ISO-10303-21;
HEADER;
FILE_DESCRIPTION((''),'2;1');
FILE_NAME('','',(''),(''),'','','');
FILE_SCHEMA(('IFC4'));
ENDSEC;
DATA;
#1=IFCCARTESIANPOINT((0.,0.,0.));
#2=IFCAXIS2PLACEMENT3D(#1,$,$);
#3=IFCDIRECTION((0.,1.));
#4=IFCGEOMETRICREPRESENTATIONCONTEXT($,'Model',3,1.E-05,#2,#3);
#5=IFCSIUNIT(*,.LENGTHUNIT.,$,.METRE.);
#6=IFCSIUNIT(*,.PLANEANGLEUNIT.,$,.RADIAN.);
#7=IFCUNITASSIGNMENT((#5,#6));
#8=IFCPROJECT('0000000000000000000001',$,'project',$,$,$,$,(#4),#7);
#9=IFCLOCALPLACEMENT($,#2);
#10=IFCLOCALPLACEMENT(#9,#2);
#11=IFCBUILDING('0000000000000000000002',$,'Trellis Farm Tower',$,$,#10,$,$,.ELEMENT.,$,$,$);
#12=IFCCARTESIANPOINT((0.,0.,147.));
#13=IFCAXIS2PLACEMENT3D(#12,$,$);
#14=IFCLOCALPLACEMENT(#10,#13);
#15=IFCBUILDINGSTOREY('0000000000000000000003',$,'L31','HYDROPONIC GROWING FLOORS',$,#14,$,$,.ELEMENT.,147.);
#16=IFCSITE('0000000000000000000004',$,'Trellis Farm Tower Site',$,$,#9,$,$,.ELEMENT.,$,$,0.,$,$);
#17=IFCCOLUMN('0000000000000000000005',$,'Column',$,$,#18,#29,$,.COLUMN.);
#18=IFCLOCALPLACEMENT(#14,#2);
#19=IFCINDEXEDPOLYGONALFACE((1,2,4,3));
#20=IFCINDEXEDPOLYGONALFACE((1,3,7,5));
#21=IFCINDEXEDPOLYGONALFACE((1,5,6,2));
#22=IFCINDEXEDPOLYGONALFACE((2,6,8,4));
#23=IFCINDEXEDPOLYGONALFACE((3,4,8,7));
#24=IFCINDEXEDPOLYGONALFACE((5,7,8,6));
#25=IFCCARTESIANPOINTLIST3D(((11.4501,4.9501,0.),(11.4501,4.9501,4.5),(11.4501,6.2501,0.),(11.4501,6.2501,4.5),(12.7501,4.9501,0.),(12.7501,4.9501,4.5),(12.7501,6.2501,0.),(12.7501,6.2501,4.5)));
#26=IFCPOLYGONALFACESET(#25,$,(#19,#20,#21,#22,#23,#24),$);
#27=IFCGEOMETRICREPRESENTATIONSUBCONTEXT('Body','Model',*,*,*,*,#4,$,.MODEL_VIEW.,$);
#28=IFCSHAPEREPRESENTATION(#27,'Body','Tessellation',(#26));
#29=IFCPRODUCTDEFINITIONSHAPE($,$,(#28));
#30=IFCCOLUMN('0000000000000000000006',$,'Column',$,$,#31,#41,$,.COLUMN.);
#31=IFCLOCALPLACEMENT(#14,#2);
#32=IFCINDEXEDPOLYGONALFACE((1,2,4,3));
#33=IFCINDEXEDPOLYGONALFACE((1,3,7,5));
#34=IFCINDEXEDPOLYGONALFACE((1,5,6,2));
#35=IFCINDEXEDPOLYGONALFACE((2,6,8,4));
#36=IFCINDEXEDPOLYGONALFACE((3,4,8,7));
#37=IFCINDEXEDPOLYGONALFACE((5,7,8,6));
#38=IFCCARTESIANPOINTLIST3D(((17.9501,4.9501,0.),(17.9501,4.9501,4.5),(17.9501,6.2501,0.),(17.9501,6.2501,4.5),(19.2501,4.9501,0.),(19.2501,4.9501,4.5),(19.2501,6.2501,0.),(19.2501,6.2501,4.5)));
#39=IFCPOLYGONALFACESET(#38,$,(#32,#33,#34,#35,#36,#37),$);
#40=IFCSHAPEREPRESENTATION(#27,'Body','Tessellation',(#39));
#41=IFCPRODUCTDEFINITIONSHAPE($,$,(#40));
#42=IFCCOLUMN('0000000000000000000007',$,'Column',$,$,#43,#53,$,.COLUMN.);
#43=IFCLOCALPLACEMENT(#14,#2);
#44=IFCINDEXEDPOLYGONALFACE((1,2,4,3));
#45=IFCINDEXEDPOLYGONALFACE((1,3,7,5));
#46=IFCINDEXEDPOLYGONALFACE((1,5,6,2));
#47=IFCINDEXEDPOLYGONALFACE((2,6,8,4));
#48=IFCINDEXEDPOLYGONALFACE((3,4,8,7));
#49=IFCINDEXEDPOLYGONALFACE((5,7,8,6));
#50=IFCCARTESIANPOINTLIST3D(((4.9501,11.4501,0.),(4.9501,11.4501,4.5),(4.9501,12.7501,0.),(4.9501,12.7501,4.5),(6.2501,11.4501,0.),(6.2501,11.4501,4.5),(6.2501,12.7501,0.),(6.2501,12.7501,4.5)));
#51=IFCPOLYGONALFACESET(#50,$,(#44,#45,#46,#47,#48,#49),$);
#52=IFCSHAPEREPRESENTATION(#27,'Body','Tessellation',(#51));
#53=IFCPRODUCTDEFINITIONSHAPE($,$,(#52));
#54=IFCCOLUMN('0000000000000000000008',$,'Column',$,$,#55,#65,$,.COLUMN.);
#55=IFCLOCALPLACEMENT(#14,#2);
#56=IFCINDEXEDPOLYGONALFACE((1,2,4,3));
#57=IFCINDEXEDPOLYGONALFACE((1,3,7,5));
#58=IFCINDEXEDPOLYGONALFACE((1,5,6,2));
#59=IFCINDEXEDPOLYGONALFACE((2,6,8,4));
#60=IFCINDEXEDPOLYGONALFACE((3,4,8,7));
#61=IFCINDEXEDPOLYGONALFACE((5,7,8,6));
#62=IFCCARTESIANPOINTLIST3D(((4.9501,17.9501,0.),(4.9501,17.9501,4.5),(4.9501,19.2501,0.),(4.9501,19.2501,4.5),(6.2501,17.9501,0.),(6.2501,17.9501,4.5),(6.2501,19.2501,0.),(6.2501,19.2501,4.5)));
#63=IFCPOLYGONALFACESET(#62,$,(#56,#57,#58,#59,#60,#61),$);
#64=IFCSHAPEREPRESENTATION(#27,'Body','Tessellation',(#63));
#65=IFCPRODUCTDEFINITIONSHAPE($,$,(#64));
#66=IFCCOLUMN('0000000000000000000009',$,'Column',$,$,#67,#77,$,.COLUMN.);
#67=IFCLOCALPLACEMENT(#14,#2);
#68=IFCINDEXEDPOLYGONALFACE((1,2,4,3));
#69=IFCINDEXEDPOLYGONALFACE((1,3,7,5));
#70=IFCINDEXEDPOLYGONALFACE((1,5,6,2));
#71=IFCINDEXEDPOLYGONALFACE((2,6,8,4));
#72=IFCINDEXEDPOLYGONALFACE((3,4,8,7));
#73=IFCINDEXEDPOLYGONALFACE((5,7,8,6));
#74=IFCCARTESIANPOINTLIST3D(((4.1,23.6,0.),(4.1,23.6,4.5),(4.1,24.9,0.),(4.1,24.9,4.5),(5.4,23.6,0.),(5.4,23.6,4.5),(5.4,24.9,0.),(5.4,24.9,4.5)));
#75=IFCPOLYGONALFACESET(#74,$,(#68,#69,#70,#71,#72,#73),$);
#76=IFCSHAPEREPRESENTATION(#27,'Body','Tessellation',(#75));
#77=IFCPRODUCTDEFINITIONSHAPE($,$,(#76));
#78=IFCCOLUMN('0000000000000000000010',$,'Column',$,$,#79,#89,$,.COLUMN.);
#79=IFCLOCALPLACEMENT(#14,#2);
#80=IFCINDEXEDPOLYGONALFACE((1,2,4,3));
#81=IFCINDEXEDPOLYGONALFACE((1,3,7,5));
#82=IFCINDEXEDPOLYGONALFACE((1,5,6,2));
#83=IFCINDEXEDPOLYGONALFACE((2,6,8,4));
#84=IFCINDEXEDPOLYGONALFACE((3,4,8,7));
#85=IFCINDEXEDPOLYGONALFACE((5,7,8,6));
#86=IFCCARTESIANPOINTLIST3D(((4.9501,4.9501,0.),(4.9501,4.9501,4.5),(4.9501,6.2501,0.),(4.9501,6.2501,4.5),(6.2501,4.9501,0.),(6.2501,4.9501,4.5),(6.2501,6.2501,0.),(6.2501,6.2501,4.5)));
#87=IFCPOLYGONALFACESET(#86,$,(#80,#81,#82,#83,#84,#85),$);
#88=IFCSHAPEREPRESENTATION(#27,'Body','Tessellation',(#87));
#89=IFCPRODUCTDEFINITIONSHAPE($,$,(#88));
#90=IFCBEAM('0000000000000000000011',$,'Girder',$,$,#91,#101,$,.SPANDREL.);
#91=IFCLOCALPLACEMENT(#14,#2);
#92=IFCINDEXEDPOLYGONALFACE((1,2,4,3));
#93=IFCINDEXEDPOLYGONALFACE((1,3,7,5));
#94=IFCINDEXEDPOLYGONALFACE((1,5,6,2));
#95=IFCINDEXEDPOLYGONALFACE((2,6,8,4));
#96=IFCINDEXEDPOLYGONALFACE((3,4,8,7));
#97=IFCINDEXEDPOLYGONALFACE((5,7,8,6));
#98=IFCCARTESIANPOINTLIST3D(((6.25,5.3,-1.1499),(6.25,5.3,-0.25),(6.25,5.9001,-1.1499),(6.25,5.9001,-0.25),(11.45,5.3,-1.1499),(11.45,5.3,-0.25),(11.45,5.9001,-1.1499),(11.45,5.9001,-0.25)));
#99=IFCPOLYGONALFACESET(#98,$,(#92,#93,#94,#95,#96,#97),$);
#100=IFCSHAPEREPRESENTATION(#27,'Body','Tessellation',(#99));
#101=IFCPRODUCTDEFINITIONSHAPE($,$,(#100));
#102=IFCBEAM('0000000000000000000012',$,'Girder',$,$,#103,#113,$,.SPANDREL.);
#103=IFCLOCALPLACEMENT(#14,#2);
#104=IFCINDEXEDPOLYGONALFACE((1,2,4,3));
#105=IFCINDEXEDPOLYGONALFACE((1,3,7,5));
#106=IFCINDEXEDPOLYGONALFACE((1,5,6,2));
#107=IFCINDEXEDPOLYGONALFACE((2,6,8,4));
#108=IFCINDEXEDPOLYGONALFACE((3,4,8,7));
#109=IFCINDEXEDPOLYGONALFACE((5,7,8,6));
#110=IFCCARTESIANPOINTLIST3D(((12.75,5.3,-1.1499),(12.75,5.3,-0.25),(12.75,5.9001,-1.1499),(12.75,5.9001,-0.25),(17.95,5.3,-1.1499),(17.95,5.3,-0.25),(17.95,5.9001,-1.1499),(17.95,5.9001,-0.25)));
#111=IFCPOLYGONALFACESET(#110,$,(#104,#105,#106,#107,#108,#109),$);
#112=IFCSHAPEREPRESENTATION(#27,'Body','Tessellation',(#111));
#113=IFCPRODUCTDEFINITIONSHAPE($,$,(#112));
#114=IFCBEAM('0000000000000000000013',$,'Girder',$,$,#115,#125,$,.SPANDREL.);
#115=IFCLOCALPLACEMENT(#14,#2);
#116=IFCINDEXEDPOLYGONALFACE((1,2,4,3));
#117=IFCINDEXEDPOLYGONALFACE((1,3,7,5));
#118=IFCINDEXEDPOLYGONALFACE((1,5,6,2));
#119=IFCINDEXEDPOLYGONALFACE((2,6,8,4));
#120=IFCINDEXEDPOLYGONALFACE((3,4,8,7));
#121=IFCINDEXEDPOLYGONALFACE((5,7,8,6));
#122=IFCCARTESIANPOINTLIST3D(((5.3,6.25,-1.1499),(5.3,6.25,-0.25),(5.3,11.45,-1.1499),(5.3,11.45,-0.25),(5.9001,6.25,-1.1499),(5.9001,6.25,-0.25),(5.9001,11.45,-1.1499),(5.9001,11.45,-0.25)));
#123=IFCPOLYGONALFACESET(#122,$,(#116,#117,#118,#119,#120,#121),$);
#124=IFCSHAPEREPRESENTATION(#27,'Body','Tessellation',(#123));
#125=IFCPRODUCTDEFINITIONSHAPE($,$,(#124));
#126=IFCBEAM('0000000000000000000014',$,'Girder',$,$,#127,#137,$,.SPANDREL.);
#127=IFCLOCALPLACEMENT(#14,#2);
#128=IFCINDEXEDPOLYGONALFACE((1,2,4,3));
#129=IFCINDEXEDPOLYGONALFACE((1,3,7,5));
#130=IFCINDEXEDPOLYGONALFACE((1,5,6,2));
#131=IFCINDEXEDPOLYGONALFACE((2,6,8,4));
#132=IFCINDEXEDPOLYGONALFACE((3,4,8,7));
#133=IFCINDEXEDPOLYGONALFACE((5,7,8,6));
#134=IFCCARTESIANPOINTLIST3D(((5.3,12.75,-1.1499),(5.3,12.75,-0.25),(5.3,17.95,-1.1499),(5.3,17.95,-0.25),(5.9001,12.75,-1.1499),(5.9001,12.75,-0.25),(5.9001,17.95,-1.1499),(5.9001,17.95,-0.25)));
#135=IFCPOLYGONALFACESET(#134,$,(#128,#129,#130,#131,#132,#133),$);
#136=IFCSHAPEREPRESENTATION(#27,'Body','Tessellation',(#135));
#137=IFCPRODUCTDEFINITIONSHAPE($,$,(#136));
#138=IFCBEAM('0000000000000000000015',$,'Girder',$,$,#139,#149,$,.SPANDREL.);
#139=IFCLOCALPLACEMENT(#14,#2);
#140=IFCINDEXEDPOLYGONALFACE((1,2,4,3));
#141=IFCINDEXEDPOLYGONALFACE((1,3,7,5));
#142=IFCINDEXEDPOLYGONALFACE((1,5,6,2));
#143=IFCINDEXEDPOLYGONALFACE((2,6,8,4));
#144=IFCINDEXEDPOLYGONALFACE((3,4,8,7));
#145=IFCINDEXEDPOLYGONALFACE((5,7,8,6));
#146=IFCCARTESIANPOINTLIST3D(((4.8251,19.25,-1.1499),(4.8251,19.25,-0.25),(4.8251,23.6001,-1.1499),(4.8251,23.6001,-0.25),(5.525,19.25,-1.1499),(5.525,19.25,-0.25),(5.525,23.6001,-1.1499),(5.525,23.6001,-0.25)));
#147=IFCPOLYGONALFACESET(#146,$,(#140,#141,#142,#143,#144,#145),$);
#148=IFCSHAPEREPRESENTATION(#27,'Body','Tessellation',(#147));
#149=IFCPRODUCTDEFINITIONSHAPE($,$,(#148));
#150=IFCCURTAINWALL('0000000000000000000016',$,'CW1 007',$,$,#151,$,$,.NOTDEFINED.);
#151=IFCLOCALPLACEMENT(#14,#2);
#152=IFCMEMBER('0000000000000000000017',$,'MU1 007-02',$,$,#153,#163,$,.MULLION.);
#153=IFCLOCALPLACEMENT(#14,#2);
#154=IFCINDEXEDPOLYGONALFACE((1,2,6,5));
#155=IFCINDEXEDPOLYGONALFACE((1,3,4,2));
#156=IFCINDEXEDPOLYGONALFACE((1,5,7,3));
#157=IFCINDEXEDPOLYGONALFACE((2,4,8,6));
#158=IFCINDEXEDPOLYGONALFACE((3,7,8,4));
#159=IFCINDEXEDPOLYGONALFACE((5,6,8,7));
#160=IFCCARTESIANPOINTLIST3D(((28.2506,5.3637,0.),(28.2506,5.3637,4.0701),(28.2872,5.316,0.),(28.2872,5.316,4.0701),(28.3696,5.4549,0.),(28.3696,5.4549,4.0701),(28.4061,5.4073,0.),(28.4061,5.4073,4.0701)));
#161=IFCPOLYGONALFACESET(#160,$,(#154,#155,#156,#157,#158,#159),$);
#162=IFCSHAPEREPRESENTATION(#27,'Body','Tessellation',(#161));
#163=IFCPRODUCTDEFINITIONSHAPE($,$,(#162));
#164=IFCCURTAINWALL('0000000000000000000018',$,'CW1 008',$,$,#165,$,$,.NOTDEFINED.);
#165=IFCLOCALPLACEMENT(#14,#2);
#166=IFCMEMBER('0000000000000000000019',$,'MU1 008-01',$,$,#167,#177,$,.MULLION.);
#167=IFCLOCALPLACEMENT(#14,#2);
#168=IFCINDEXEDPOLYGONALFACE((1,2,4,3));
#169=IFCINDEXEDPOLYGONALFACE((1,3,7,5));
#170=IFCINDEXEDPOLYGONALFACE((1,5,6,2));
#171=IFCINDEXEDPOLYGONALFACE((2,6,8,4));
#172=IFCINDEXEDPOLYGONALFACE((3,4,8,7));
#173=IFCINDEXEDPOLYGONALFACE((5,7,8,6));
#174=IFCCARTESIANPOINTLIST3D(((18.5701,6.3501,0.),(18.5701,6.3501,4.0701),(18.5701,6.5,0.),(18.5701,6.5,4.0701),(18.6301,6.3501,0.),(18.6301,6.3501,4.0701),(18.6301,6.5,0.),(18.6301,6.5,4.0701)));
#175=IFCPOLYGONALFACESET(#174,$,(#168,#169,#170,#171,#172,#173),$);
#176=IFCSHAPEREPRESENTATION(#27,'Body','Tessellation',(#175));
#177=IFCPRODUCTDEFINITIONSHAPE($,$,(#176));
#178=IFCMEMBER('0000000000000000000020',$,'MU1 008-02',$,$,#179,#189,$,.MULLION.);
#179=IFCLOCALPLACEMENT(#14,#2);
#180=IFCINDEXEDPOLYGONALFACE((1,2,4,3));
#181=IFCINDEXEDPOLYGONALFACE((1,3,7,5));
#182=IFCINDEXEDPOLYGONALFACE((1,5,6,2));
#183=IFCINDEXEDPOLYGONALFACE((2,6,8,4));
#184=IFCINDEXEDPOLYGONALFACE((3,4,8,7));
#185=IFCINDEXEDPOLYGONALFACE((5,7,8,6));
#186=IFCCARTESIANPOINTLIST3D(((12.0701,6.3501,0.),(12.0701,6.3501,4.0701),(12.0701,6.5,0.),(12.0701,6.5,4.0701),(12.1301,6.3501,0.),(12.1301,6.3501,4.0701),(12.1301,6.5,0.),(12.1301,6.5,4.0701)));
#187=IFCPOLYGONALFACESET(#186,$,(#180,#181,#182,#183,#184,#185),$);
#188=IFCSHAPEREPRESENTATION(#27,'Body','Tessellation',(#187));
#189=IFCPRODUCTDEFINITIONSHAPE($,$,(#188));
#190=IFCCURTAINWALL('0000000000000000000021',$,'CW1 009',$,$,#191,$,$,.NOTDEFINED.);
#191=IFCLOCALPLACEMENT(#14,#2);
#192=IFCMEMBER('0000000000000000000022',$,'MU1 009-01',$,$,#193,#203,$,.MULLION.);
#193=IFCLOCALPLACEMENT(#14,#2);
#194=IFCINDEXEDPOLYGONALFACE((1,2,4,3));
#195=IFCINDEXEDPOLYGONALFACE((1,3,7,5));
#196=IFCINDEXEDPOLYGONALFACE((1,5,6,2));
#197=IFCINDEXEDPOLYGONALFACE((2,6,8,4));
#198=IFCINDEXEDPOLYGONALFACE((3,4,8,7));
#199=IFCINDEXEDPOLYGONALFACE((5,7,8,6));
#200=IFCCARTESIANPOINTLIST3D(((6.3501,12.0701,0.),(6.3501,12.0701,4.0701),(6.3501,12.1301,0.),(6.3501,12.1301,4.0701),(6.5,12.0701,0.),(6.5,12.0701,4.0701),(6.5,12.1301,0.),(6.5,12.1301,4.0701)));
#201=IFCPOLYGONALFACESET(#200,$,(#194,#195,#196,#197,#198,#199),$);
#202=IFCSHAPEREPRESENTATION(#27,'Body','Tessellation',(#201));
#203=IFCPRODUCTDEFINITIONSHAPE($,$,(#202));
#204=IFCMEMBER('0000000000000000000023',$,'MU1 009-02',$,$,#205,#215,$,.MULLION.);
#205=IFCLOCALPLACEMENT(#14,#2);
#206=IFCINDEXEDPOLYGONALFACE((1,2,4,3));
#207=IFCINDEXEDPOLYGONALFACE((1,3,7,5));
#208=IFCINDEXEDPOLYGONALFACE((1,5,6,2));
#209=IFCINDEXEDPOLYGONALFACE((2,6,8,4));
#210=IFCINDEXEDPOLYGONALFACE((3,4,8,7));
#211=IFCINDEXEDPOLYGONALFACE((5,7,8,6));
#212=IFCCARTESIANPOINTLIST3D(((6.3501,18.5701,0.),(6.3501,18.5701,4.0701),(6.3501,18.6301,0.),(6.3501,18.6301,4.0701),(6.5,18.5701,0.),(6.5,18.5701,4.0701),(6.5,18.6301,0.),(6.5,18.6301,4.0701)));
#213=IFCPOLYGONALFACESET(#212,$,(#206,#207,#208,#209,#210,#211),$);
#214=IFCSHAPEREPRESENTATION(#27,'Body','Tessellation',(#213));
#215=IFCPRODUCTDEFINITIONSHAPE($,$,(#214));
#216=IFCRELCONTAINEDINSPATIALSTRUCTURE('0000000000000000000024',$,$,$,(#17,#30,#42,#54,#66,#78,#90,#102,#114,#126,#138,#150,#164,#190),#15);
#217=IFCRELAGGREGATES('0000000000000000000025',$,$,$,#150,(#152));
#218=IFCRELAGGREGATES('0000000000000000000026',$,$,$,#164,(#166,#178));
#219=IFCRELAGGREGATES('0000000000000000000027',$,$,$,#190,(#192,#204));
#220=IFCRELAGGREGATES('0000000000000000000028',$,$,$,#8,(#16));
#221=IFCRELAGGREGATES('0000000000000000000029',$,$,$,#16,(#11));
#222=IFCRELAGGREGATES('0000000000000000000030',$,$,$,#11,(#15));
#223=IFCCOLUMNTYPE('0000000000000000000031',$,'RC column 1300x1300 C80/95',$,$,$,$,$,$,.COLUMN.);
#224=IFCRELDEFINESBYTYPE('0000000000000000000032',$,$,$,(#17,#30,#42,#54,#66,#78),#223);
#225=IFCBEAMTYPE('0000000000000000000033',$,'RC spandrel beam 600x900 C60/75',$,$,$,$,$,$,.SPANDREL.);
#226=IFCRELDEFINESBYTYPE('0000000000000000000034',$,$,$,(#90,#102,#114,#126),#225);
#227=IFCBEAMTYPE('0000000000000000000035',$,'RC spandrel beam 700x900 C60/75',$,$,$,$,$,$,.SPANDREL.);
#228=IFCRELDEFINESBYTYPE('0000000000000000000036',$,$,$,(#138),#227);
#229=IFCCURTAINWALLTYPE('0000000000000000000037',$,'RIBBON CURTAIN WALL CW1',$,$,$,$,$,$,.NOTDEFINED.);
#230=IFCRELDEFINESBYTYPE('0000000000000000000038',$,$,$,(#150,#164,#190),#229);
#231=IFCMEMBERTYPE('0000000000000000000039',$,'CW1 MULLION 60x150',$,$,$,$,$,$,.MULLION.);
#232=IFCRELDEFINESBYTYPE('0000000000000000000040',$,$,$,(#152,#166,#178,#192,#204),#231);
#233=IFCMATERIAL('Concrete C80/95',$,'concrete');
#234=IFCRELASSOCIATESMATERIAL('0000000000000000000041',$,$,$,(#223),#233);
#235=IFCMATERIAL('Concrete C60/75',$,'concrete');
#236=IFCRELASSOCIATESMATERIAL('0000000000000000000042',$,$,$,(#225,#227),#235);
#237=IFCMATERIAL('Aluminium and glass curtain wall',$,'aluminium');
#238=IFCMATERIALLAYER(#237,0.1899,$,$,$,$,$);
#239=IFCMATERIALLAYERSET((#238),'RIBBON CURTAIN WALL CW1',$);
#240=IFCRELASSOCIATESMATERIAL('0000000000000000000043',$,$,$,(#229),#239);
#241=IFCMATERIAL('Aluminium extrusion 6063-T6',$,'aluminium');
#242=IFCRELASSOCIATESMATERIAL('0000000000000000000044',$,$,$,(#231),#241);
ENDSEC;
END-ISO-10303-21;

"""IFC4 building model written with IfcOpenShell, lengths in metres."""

from ifc_helpers import new_model, si_unit, direction, frame, origin, origin_2d, place, context, subcontext, project, spatial, rectangle, extrude, source, transform, mapped, material, layer, layer_set, material_profile, profile_set, type_object, element, aggregate, save


model = new_model("IFC4")

# Units and contexts
model_context = context("Model", 3, precision=1e-05, world=origin(), true_north=direction((0.0, 1.0)))
body_context = subcontext(model_context, "Body", "Model", "MODEL_VIEW")
ifc_project = project(units=[si_unit("LENGTHUNIT", "METRE"), si_unit("PLANEANGLEUNIT", "RADIAN")], contexts=[model_context])

# Site, building, storey
site_placement = place(None, origin())
site = spatial("IfcSite", under=ifc_project, at=site_placement, Name="Trellis Farm Tower Site", CompositionType="ELEMENT", RefElevation=0.0)
building_placement = place(site_placement, origin())
building = spatial("IfcBuilding", under=site, at=building_placement, Name="Trellis Farm Tower", CompositionType="ELEMENT")
storey_placement = place(building_placement, frame((0.0, 0.0, 147.0)))
storey = spatial("IfcBuildingStorey", under=building, at=storey_placement, Name="L31", Description="HYDROPONIC GROWING FLOORS", CompositionType="ELEMENT", Elevation=147.0)

# Columns
ifc_material_1 = material(Name="Concrete C80/95", Category="concrete")
ifc_material_profile_1 = material_profile(ifc_material_1, rectangle(XDim=1.3, YDim=1.3, at=origin_2d()), Name="RC column 1300x1300 C80/95")
ifc_profile_set_1 = profile_set([ifc_material_profile_1], Name="Concrete C80/95")
column_type = type_object("IfcColumnType", Name="RC column 1300x1300 C80/95", PredefinedType="COLUMN", material=ifc_profile_set_1)
shared_shape_1 = source(origin(), body_context, "Body", "SweptSolid", [
    extrude(rectangle(XDim=1.3, YDim=1.3, at=origin_2d()), origin(), (0.0, 0.0, 1.0), 4.5),
])
for number, where, z_axis, x_axis, name in (
    (1, (12.1001, 5.6001, 0.0), (0.0, 0.0, 1.0), (1.0, 0.0, 0.0), "Column"),
    (2, (18.6001, 5.6001, 0.0), (0.0, 0.0, 1.0), (1.0, 0.0, 0.0), "Column"),
    (3, (5.6001, 12.1001, 0.0), (0.0, 0.0, 1.0), (1.0, 0.0, 0.0), "Column"),
    (4, (5.6001, 18.6001, 0.0), (0.0, 0.0, 1.0), (1.0, 0.0, 0.0), "Column"),
    (5, (4.75, 24.25, 0.0), (0.0, 0.0, 1.0), (1.0, 0.0, 0.0), "Column"),
    (6, (5.6001, 5.6001, 0.0), (0.0, 0.0, 1.0), (1.0, 0.0, 0.0), "Column"),
):
    element("IfcColumn", number, at=place(storey_placement, frame(where, z_axis=z_axis, x_axis=x_axis)), inside=storey, type_object=column_type, Name=name, PredefinedType="COLUMN", context=body_context, shape_type="MappedRepresentation", body=[
        mapped(shared_shape_1, transform((0.0, 0.0, 0.0))),
    ])

# Beams
ifc_material_2 = material(Name="Concrete C60/75", Category="concrete")
ifc_material_profile_2 = material_profile(ifc_material_2, rectangle(XDim=0.6001, YDim=0.8999, at=origin_2d()), Name="RC spandrel beam 600x900 C60/75")
ifc_profile_set_2 = profile_set([ifc_material_profile_2], Name="Concrete C60/75")
beam_type_1 = type_object("IfcBeamType", Name="RC spandrel beam 600x900 C60/75", PredefinedType="SPANDREL", material=ifc_profile_set_2)
shared_shape_2 = source(origin(), body_context, "Body", "SweptSolid", [
    extrude(rectangle(XDim=0.6001, YDim=0.8999, at=origin_2d()), origin(), (0.0, 0.0, 1.0), 5.2),
])
for number, where, z_axis, x_axis, name in (
    (7, (6.25, 5.6001, -0.7), (1.0, 0.0, 0.0), (0.0, 1.0, 0.0), "Girder"),
    (8, (12.75, 5.6001, -0.7), (1.0, 0.0, 0.0), (0.0, 1.0, 0.0), "Girder"),
    (9, (5.6001, 6.25, -0.7), (0.0, 1.0, 0.0), (-1.0, 0.0, 0.0), "Girder"),
    (10, (5.6001, 12.75, -0.7), (0.0, 1.0, 0.0), (-1.0, 0.0, 0.0), "Girder"),
):
    element("IfcBeam", number, at=place(storey_placement, frame(where, z_axis=z_axis, x_axis=x_axis)), inside=storey, type_object=beam_type_1, Name=name, PredefinedType="SPANDREL", context=body_context, shape_type="MappedRepresentation", body=[
        mapped(shared_shape_2, transform((0.0, 0.0, 0.0))),
    ])
ifc_material_profile_3 = material_profile(ifc_material_2, rectangle(XDim=0.7, YDim=0.8999, at=origin_2d()), Name="RC spandrel beam 700x900 C60/75")
ifc_profile_set_3 = profile_set([ifc_material_profile_3], Name="Concrete C60/75")
beam_type_2 = type_object("IfcBeamType", Name="RC spandrel beam 700x900 C60/75", PredefinedType="SPANDREL", material=ifc_profile_set_3)
shared_shape_3 = source(origin(), body_context, "Body", "SweptSolid", [
    extrude(rectangle(XDim=0.7, YDim=0.8999, at=origin_2d()), origin(), (0.0, 0.0, 1.0), 4.3501),
])
beam_placement = place(storey_placement, frame((5.175, 19.25, -0.7), z_axis=(0.0, 1.0, 0.0), x_axis=(-1.0, 0.0, 0.0)))
element("IfcBeam", 11, at=beam_placement, inside=storey, type_object=beam_type_2, Name="Girder", PredefinedType="SPANDREL", context=body_context, shape_type="MappedRepresentation", body=[
    mapped(shared_shape_3, transform((0.0, 0.0, 0.0))),
])

# Curtain wall, member
ifc_material_3 = material(Name="Aluminium and glass curtain wall", Category="aluminium")
ifc_layer_1 = layer(ifc_material_3, 0.1899)
ifc_layer_set_1 = layer_set([ifc_layer_1], Name="RIBBON CURTAIN WALL CW1")
curtain_wall_type_1 = type_object("IfcCurtainWallType", Name="RIBBON CURTAIN WALL CW1", PredefinedType="NOTDEFINED", material=ifc_layer_set_1)
placement = place(storey_placement, origin())
curtain_wall_1 = element("IfcCurtainWall", 12, at=placement, inside=storey, type_object=curtain_wall_type_1, Name="CW1 007", PredefinedType="NOTDEFINED")
ifc_material_4 = material(Name="Aluminium extrusion 6063-T6", Category="aluminium")
ifc_material_profile_4 = material_profile(ifc_material_4, rectangle(XDim=0.0601, YDim=0.1499, at=origin_2d()), Name="MULLION 60x150")
ifc_profile_set_4 = profile_set([ifc_material_profile_4], Name="Aluminium extrusion 6063-T6")
member_type_1 = type_object("IfcMemberType", Name="CW1 MULLION 60x150", PredefinedType="MULLION", material=ifc_profile_set_4)
shared_shape_4 = source(origin(), body_context, "Body", "SweptSolid", [
    extrude(rectangle(XDim=0.0601, YDim=0.1499, at=origin_2d()), origin(), (0.0, 0.0, 1.0), 4.0701),
])
member_1_placement = place(storey_placement, frame((28.3284, 5.3855, 0.0), z_axis=(0.0, 0.0, 1.0), x_axis=(-0.608761, 0.793353, 0.0)))
member_1 = element("IfcMember", 13, at=member_1_placement, type_object=member_type_1, Name="MU1 007-02", PredefinedType="MULLION", context=body_context, shape_type="MappedRepresentation", body=[
    mapped(shared_shape_4, transform((0.0, 0.0, 0.0))),
])
aggregate(curtain_wall_1, [member_1])

# Curtain walls, members
curtain_wall_2 = element("IfcCurtainWall", 14, at=placement, inside=storey, type_object=curtain_wall_type_1, Name="CW1 008", PredefinedType="NOTDEFINED")
member_2_placement = place(storey_placement, frame((18.6001, 6.425, 0.0), z_axis=(0.0, 0.0, 1.0), x_axis=(-1.0, 0.0, 0.0)))
member_2 = element("IfcMember", 15, at=member_2_placement, type_object=member_type_1, Name="MU1 008-01", PredefinedType="MULLION", context=body_context, shape_type="MappedRepresentation", body=[
    mapped(shared_shape_4, transform((0.0, 0.0, 0.0))),
])
member_3_placement = place(storey_placement, frame((12.1001, 6.425, 0.0), z_axis=(0.0, 0.0, 1.0), x_axis=(-1.0, 0.0, 0.0)))
member_3 = element("IfcMember", 16, at=member_3_placement, type_object=member_type_1, Name="MU1 008-02", PredefinedType="MULLION", context=body_context, shape_type="MappedRepresentation", body=[
    mapped(shared_shape_4, transform((0.0, 0.0, 0.0))),
])
aggregate(curtain_wall_2, [member_2, member_3])
curtain_wall_3 = element("IfcCurtainWall", 17, at=placement, inside=storey, type_object=curtain_wall_type_1, Name="CW1 009", PredefinedType="NOTDEFINED")
member_4_placement = place(storey_placement, frame((6.425, 12.1001, 0.0), z_axis=(0.0, 0.0, 1.0), x_axis=(0.0, 1.0, 0.0)))
member_4 = element("IfcMember", 18, at=member_4_placement, type_object=member_type_1, Name="MU1 009-01", PredefinedType="MULLION", context=body_context, shape_type="MappedRepresentation", body=[
    mapped(shared_shape_4, transform((0.0, 0.0, 0.0))),
])
member_5_placement = place(storey_placement, frame((6.425, 18.6001, 0.0), z_axis=(0.0, 0.0, 1.0), x_axis=(0.0, 1.0, 0.0)))
member_5 = element("IfcMember", 19, at=member_5_placement, type_object=member_type_1, Name="MU1 009-02", PredefinedType="MULLION", context=body_context, shape_type="MappedRepresentation", body=[
    mapped(shared_shape_4, transform((0.0, 0.0, 0.0))),
])
aggregate(curtain_wall_3, [member_4, member_5])

save(model, "model.ifc")
